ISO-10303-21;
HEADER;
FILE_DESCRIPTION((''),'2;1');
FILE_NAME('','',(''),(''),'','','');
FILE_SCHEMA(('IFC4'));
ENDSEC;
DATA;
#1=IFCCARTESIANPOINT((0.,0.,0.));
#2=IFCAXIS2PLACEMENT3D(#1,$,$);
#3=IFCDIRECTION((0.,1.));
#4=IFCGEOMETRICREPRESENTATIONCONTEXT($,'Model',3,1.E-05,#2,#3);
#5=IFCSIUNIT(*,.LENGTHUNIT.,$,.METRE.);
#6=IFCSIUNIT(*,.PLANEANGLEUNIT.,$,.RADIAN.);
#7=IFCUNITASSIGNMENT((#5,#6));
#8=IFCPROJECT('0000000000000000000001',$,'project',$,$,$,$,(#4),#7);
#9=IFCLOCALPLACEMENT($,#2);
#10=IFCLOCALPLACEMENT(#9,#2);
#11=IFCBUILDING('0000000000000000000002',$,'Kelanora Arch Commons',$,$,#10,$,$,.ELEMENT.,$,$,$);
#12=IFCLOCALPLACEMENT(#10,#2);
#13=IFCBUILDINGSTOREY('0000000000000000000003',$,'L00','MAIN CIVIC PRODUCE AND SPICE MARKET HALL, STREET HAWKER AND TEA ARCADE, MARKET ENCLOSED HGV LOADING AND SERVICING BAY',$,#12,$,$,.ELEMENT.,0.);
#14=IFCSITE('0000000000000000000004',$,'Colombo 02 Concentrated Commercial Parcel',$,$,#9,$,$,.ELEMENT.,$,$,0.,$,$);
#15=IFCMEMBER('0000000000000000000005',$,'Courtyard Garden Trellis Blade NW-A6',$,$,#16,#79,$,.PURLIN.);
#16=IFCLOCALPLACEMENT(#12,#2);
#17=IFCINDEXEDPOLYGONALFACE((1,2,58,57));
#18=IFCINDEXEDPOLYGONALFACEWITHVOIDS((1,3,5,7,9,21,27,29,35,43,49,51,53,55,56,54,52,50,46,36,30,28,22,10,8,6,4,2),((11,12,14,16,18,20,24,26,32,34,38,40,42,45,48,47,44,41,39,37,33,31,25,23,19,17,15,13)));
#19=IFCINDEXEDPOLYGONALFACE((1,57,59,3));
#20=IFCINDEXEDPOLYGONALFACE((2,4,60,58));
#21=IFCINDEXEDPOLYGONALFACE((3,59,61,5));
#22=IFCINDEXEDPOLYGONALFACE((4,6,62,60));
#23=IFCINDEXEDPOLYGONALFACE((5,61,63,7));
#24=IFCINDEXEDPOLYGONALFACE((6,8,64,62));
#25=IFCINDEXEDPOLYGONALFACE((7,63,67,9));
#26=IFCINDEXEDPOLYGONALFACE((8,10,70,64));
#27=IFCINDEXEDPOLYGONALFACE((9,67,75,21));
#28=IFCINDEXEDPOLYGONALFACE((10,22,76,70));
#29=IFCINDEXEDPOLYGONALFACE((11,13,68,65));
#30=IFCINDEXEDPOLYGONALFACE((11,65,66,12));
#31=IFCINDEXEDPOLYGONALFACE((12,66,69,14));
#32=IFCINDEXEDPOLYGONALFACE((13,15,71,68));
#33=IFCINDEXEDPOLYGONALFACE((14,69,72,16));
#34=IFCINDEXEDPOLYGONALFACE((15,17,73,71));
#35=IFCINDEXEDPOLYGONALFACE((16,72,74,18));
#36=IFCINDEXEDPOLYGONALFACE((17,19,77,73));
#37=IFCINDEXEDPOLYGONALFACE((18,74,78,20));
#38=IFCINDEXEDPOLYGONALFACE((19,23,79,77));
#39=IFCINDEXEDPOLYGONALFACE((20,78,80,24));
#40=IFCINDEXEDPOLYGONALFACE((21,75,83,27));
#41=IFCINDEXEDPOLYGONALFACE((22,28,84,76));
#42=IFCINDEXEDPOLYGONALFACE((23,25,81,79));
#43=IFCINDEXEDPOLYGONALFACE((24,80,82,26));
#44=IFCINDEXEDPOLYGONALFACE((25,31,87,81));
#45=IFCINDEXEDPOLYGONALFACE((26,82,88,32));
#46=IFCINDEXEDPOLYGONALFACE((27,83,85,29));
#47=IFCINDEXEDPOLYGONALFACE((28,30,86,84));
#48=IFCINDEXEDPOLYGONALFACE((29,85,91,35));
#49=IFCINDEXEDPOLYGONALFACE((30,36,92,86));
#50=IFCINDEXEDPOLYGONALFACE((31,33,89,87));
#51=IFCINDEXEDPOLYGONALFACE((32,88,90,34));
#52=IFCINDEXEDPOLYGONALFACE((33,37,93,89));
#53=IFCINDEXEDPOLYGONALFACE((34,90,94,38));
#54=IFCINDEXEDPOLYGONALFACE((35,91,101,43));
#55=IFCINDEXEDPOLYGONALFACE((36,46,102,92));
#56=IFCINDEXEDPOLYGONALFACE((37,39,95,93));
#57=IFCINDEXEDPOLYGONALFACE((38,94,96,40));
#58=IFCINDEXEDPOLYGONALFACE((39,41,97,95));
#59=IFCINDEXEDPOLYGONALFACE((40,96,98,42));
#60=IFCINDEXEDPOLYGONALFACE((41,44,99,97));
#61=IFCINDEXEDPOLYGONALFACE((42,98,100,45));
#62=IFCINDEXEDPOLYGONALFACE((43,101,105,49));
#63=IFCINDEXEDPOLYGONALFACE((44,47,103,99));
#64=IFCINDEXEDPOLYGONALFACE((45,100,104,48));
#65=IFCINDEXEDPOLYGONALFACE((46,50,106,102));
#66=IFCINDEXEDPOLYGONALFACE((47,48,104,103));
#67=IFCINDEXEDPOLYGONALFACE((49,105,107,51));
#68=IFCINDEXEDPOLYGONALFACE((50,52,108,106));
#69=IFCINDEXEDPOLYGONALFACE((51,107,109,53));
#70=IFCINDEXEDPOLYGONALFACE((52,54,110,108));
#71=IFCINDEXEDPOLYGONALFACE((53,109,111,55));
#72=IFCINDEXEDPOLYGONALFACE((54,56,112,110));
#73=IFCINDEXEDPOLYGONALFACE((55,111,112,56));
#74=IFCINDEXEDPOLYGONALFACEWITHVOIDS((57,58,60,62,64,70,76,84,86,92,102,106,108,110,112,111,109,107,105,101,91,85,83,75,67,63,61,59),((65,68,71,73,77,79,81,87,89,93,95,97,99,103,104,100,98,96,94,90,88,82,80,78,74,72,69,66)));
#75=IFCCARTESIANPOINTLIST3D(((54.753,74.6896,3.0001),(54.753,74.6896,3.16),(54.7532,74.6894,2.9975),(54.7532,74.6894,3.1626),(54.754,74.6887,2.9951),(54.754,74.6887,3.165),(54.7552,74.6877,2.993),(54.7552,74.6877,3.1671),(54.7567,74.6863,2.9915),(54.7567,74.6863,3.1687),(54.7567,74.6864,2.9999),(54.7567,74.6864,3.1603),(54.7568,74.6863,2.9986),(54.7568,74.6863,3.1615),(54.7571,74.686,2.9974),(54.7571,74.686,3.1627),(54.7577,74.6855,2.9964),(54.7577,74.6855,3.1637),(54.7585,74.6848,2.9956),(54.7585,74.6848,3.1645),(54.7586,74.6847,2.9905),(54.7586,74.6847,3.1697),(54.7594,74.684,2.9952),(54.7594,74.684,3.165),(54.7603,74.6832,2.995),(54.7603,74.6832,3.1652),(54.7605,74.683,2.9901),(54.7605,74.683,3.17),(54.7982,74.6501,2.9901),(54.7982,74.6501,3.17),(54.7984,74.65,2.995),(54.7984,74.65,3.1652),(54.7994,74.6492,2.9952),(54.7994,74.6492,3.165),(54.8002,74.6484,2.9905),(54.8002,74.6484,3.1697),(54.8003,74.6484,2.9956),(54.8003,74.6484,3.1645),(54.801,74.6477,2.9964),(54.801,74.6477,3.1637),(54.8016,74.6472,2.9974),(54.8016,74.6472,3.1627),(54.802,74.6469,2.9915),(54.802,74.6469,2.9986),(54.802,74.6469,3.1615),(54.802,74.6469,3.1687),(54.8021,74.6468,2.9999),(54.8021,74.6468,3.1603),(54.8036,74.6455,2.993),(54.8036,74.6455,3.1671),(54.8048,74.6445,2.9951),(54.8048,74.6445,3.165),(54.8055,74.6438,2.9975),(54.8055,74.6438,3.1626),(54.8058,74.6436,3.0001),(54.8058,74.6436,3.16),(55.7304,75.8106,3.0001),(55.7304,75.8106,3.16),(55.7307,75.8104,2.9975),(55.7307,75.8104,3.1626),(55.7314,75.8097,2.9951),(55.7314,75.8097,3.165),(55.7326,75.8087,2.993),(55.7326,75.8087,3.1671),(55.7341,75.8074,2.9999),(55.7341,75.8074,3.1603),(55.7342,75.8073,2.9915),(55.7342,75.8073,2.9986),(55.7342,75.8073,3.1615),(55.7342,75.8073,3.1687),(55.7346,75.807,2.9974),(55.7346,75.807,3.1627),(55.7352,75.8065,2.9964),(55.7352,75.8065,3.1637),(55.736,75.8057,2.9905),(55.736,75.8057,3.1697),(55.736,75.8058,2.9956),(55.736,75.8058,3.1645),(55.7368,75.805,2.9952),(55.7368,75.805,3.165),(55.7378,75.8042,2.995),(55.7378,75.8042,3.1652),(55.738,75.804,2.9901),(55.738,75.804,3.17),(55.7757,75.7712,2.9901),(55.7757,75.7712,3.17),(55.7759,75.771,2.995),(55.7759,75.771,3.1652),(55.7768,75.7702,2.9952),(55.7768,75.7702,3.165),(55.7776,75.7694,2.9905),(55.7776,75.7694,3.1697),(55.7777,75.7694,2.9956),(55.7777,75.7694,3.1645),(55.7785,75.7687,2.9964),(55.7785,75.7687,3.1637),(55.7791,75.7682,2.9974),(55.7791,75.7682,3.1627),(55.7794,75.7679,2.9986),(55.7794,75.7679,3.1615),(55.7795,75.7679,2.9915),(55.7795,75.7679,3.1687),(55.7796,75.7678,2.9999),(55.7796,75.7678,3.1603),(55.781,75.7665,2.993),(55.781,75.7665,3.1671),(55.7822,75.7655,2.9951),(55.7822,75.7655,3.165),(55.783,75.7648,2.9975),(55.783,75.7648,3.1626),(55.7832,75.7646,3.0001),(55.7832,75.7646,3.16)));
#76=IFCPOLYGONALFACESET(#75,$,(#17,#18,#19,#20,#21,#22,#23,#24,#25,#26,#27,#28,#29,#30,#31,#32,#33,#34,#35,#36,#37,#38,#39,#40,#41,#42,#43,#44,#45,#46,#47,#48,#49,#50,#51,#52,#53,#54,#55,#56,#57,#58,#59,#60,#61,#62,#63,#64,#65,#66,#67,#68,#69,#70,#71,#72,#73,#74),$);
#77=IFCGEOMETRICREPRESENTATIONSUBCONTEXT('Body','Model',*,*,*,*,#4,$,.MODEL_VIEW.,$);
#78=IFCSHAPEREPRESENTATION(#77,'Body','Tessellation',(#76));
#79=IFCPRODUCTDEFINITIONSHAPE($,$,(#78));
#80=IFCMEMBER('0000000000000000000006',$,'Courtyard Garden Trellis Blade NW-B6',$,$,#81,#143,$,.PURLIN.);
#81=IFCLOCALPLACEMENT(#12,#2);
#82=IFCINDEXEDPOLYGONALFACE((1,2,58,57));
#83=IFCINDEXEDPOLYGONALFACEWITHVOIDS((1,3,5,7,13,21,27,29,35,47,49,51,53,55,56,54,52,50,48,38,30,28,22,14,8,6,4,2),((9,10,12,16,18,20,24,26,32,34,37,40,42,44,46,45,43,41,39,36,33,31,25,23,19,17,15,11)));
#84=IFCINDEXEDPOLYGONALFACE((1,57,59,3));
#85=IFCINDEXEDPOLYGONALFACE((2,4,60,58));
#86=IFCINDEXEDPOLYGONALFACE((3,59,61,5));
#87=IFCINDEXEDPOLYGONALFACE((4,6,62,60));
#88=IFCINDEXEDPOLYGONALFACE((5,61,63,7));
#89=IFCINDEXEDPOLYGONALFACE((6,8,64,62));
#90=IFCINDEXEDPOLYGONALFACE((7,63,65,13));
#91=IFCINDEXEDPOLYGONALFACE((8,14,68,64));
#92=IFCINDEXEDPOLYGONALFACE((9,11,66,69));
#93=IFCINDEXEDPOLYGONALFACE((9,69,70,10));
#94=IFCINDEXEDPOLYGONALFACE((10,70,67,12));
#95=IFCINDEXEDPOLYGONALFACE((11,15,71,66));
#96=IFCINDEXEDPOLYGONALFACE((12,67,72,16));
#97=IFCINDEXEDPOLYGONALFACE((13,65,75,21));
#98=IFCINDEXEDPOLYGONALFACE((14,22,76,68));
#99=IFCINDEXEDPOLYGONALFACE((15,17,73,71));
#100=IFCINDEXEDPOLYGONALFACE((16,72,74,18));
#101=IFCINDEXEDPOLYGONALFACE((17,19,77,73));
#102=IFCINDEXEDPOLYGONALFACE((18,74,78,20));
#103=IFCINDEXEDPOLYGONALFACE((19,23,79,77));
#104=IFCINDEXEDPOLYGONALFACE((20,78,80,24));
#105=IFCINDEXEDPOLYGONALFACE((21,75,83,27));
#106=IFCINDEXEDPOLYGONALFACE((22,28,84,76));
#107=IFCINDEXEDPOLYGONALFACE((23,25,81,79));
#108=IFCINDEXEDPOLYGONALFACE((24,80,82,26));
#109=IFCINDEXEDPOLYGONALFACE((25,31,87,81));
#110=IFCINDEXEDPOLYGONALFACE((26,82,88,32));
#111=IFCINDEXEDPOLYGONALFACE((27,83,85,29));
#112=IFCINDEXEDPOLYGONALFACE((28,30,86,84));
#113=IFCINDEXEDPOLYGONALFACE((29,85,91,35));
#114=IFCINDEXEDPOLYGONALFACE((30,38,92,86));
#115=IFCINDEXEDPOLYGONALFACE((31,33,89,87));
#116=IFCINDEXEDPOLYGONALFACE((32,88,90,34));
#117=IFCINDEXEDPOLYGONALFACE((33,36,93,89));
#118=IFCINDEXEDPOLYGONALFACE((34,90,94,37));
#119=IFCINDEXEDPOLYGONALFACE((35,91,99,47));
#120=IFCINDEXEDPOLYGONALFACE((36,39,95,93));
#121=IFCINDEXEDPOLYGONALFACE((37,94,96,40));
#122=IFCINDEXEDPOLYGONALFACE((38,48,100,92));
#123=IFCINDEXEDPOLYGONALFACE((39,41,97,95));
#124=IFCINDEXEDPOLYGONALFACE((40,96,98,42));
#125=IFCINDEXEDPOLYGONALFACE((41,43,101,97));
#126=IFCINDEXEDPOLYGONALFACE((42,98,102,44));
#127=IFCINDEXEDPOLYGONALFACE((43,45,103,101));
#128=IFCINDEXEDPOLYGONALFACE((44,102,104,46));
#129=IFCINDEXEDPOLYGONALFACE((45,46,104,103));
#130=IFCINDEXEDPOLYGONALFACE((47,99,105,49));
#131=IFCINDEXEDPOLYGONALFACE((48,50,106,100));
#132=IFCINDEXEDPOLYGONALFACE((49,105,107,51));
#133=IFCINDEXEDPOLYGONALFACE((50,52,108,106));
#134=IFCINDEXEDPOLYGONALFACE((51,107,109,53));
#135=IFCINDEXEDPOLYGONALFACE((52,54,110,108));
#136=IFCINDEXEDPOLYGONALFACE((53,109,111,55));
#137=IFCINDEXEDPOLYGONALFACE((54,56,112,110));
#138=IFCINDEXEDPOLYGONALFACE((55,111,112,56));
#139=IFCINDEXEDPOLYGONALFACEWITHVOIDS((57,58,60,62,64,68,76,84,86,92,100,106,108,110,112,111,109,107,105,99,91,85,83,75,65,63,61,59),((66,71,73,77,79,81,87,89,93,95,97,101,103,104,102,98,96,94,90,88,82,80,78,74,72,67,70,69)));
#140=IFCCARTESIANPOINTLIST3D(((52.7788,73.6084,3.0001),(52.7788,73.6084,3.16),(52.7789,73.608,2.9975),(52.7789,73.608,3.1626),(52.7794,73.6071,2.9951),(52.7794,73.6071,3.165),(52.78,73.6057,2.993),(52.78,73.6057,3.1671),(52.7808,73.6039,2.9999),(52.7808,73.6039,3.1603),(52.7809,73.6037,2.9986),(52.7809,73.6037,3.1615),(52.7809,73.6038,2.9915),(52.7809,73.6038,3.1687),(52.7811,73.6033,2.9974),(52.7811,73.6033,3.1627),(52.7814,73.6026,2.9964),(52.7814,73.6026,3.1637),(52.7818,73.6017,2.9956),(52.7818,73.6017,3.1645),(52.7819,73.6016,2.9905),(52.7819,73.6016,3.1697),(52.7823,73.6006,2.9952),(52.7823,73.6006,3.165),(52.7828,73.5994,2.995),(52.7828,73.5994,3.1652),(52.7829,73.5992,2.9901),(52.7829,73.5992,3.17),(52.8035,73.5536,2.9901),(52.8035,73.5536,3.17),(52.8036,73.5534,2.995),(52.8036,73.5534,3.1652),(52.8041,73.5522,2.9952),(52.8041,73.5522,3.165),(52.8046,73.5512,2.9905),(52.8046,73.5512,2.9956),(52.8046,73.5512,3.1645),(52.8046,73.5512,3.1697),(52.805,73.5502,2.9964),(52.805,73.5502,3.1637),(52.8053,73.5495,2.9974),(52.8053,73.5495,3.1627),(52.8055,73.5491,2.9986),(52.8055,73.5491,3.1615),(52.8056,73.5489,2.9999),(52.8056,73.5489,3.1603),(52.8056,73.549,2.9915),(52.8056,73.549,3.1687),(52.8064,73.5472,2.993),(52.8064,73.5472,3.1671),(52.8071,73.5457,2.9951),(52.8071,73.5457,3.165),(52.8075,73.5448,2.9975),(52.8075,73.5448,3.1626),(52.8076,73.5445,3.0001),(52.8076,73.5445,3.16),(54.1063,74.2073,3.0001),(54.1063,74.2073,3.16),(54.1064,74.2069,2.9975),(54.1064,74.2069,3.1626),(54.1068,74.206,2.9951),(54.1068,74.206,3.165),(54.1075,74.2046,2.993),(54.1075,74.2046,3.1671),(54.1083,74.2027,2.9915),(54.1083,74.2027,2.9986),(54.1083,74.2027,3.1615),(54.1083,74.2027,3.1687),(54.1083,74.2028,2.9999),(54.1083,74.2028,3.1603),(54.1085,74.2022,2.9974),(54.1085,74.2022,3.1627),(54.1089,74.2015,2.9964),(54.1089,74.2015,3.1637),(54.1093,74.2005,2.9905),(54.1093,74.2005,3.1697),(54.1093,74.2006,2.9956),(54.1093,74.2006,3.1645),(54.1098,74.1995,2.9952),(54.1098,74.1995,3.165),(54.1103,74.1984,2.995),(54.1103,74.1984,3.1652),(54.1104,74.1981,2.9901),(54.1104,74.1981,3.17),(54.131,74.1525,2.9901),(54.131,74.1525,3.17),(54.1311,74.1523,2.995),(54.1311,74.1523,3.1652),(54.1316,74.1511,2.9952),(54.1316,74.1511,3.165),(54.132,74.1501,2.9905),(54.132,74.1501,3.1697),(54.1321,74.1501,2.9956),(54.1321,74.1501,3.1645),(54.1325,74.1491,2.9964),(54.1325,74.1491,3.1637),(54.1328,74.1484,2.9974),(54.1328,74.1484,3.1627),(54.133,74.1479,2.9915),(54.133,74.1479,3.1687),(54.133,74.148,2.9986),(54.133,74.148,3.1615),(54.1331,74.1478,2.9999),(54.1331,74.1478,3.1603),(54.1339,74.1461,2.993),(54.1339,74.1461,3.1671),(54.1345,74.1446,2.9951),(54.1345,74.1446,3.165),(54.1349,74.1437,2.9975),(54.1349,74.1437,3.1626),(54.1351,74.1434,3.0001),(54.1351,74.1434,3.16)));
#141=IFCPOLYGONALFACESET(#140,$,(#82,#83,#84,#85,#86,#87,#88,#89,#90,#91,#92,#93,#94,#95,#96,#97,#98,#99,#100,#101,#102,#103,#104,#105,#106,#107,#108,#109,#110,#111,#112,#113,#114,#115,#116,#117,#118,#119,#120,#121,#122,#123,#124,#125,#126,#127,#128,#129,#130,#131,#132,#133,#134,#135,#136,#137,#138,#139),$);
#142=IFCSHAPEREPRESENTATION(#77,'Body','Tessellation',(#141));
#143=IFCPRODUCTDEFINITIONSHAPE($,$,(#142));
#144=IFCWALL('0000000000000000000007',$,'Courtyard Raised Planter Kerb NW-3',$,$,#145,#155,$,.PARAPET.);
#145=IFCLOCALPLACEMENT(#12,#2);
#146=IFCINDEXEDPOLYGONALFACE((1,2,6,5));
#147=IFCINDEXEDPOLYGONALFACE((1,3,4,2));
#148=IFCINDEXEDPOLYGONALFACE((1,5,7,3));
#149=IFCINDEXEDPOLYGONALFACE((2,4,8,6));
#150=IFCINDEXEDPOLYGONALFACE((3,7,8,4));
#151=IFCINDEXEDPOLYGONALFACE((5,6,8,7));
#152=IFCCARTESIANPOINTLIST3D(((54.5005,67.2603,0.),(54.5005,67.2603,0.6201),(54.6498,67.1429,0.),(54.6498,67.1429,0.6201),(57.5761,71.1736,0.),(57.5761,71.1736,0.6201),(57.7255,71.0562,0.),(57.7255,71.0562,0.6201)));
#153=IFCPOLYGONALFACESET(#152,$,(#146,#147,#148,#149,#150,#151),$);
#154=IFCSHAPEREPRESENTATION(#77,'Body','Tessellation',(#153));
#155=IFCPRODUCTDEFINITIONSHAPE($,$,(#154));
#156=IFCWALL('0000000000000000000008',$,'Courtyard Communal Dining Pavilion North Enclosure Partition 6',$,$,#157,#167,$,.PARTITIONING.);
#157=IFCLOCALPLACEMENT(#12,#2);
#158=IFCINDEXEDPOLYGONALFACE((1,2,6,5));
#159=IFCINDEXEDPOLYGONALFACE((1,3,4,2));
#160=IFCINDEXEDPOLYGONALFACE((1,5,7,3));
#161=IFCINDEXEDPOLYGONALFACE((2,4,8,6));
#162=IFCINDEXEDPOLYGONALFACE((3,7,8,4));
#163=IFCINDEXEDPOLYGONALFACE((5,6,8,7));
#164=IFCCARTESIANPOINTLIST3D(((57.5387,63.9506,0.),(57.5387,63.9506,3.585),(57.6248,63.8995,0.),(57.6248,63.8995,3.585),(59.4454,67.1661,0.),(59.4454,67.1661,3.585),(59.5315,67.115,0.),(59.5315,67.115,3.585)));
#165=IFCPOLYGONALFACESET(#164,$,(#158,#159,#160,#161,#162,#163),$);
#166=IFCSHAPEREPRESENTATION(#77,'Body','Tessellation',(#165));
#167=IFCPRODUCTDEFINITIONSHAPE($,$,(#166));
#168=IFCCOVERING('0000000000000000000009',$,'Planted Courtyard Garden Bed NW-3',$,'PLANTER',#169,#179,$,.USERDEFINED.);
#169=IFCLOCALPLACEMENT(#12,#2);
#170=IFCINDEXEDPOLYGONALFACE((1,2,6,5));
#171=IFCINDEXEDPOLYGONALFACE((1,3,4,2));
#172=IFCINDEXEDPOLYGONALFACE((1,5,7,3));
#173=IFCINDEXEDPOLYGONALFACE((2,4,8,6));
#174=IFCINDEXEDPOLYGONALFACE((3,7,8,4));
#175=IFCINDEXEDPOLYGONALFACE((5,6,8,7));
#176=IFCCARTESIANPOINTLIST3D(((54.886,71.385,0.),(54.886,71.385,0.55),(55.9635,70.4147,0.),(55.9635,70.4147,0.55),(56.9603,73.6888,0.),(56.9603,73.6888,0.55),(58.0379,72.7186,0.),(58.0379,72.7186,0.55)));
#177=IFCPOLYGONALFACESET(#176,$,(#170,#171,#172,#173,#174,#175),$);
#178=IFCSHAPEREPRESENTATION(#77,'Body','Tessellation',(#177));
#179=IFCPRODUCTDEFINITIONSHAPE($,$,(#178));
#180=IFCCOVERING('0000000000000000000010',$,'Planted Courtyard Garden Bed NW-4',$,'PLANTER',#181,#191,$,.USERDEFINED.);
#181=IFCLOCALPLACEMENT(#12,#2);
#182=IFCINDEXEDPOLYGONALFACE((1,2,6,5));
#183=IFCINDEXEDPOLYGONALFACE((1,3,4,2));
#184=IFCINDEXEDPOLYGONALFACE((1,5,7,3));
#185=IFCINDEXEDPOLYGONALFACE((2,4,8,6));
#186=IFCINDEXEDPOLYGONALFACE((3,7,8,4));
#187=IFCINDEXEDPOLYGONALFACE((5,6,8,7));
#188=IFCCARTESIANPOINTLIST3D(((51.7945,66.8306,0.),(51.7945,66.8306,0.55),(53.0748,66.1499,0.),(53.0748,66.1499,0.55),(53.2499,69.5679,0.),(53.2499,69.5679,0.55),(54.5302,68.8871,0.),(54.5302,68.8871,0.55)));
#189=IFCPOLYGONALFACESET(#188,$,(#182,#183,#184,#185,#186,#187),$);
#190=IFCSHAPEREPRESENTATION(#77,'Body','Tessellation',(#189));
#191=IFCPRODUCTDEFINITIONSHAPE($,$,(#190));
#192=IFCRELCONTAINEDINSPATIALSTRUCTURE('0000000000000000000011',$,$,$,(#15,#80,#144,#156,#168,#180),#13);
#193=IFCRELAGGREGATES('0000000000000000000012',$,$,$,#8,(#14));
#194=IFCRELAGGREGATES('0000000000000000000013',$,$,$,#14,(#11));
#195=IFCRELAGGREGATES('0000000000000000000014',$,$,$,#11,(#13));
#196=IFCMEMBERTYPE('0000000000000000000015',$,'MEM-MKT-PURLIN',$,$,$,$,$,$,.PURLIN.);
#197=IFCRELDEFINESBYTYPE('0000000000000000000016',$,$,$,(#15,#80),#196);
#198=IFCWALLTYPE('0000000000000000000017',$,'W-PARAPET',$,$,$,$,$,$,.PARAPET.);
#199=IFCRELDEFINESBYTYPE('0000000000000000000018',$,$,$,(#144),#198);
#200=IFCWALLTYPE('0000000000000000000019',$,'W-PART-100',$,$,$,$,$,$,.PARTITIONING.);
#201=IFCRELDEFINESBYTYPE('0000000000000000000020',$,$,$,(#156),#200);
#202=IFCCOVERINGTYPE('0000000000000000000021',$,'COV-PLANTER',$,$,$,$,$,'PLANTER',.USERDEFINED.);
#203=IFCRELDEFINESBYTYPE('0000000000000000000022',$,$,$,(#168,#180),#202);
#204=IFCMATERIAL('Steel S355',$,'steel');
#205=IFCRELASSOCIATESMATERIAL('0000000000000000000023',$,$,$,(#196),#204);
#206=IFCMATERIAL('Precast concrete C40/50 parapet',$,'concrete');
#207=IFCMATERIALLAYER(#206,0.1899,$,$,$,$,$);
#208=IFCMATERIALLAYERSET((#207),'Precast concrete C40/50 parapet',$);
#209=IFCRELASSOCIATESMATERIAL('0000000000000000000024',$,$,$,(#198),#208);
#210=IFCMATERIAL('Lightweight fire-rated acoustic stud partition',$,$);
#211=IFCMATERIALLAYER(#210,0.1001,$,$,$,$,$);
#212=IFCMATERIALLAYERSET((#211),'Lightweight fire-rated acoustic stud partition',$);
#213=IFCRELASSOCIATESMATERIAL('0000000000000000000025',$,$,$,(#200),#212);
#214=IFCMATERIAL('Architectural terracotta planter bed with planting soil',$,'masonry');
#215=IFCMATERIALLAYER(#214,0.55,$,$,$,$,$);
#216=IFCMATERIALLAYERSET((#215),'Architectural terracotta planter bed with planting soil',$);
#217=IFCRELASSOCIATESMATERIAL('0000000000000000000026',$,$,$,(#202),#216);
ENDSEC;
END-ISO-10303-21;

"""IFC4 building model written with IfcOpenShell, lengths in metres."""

from ifc_helpers import new_model, si_unit, direction, frame, frame_2d, origin, origin_2d, place, context, subcontext, project, spatial, rectangle, hollow_rectangle, extrude, source, transform, mapped, material, layer, layer_set, material_profile, profile_set, type_object, element, save


model = new_model("IFC4")

# Units and contexts
model_context = context("Model", 3, precision=1e-05, world=origin(), true_north=direction((0.0, 1.0)))
body_context = subcontext(model_context, "Body", "Model", "MODEL_VIEW")
ifc_project = project(units=[si_unit("LENGTHUNIT", "METRE"), si_unit("PLANEANGLEUNIT", "RADIAN")], contexts=[model_context])

# Site, building, storey
site_placement = place(None, origin())
site = spatial("IfcSite", under=ifc_project, at=site_placement, Name="Colombo 02 Concentrated Commercial Parcel", CompositionType="ELEMENT", RefElevation=0.0)
building_placement = place(site_placement, origin())
building = spatial("IfcBuilding", under=site, at=building_placement, Name="Kelanora Arch Commons", CompositionType="ELEMENT")
storey_placement = place(building_placement, origin())
storey = spatial("IfcBuildingStorey", under=building, at=storey_placement, Name="L00", Description="MAIN CIVIC PRODUCE AND SPICE MARKET HALL, STREET HAWKER AND TEA ARCADE, MARKET ENCLOSED HGV LOADING AND SERVICING BAY", CompositionType="ELEMENT", Elevation=0.0)

# Shared definitions
ifc_material_1 = material(Name="Steel S355", Category="steel")

# Members
ifc_material_profile_1 = material_profile(ifc_material_1, hollow_rectangle(XDim=0.0701, YDim=0.1799, WallThickness=0.0049, InnerFilletRadius=0.0049, OuterFilletRadius=0.01, at=origin_2d()), Name="RHS180x70x5")
ifc_profile_set_1 = profile_set([ifc_material_profile_1], Name="Steel S355")
member_type_1 = type_object("IfcMemberType", Name="MEM-MKT-PURLIN", PredefinedType="PURLIN", material=ifc_profile_set_1)
member_1_placement = place(storey_placement, frame((55.7568, 75.7876, 3.0801), z_axis=(-0.657202, -0.753714, 0.0), x_axis=(0.753714, -0.657202, 0.0)))
element("IfcMember", 1, at=member_1_placement, inside=storey, type_object=member_type_1, Name="Courtyard Garden Trellis Blade NW-A6", PredefinedType="PURLIN", context=body_context, shape_type="SweptSolid", body=[
    extrude(hollow_rectangle(XDim=0.0701, YDim=0.1799, WallThickness=0.0049, InnerFilletRadius=0.0049, OuterFilletRadius=0.01, at=origin_2d()), origin(), (0.0, 0.0, 1.0), 1.4873),
])
member_2_placement = place(storey_placement, frame((52.7932, 73.5764, 3.0801), z_axis=(0.911523, 0.41125, 0.0), x_axis=(-0.41125, 0.911523, 0.0)))
element("IfcMember", 2, at=member_2_placement, inside=storey, type_object=member_type_1, Name="Courtyard Garden Trellis Blade NW-B6", PredefinedType="PURLIN", context=body_context, shape_type="SweptSolid", body=[
    extrude(hollow_rectangle(XDim=0.0701, YDim=0.1799, WallThickness=0.0049, InnerFilletRadius=0.0049, OuterFilletRadius=0.01, at=origin_2d()), origin(), (0.0, 0.0, 1.0), 1.4563),
])

# Walls
ifc_material_2 = material(Name="Precast concrete C40/50 parapet", Category="concrete")
ifc_layer_1 = layer(ifc_material_2, 0.1899)
ifc_layer_set_1 = layer_set([ifc_layer_1], Name="Precast concrete C40/50 parapet")
wall_type_1 = type_object("IfcWallType", Name="W-PARAPET", PredefinedType="PARAPET", material=ifc_layer_set_1)
wall_1_placement = place(storey_placement, frame((57.6509, 71.115, 0.0), z_axis=(0.0, 0.0, 1.0), x_axis=(-0.617936, -0.786228, 0.0)))
element("IfcWall", 3, at=wall_1_placement, inside=storey, type_object=wall_type_1, Name="Courtyard Raised Planter Kerb NW-3", PredefinedType="PARAPET", context=body_context, shape_type="SweptSolid", body=[
    extrude(rectangle(XDim=4.9773, YDim=0.1899, at=frame_2d((2.4888, 0.0))), origin(), (0.0, 0.0, 1.0), 0.6201),
])
ifc_material_3 = material(Name="Lightweight fire-rated acoustic stud partition")
ifc_layer_2 = layer(ifc_material_3, 0.1001)
ifc_layer_set_2 = layer_set([ifc_layer_2], Name="Lightweight fire-rated acoustic stud partition")
wall_type_2 = type_object("IfcWallType", Name="W-PART-100", PredefinedType="PARTITIONING", material=ifc_layer_set_2)
wall_2_placement = place(storey_placement, frame((57.5818, 63.925, 0.0), z_axis=(0.0, 0.0, 1.0), x_axis=(0.510042, 0.860149, 0.0)))
element("IfcWall", 4, at=wall_2_placement, inside=storey, type_object=wall_type_2, Name="Courtyard Communal Dining Pavilion North Enclosure Partition 6", PredefinedType="PARTITIONING", context=body_context, shape_type="SweptSolid", body=[
    extrude(rectangle(XDim=3.7383, YDim=0.1001, at=frame_2d((1.8691, 0.0))), origin(), (0.0, 0.0, 1.0), 3.585),
])

# Coverings
ifc_material_4 = material(Name="Architectural terracotta planter bed with planting soil", Category="masonry")
ifc_layer_3 = layer(ifc_material_4, 0.55)
ifc_layer_set_3 = layer_set([ifc_layer_3], Name="Architectural terracotta planter bed with planting soil")
covering_type = type_object("IfcCoveringType", Name="COV-PLANTER", ElementType="PLANTER", PredefinedType="USERDEFINED", material=ifc_layer_set_3)
shared_shape_1 = source(origin(), body_context, "Body", "SweptSolid", [
    extrude(rectangle(XDim=3.1001, YDim=1.45, at=origin_2d()), origin(), (0.0, 0.0, 1.0), 0.55),
])
for number, where, z_axis, x_axis, name in (
    (5, (56.4619, 72.0518, 0.0), (0.0, 0.0, 1.0), (-0.669131, -0.743145, 0.0), "Planted Courtyard Garden Bed NW-3"),
    (6, (53.1624, 67.8589, 0.0), (0.0, 0.0, 1.0), (-0.469472, -0.882948, 0.0), "Planted Courtyard Garden Bed NW-4"),
):
    element("IfcCovering", number, at=place(storey_placement, frame(where, z_axis=z_axis, x_axis=x_axis)), inside=storey, type_object=covering_type, Name=name, ObjectType="PLANTER", PredefinedType="USERDEFINED", context=body_context, shape_type="MappedRepresentation", body=[
        mapped(shared_shape_1, transform((0.0, 0.0, 0.0), scale=1.0)),
    ])

save(model, "model.ifc")
